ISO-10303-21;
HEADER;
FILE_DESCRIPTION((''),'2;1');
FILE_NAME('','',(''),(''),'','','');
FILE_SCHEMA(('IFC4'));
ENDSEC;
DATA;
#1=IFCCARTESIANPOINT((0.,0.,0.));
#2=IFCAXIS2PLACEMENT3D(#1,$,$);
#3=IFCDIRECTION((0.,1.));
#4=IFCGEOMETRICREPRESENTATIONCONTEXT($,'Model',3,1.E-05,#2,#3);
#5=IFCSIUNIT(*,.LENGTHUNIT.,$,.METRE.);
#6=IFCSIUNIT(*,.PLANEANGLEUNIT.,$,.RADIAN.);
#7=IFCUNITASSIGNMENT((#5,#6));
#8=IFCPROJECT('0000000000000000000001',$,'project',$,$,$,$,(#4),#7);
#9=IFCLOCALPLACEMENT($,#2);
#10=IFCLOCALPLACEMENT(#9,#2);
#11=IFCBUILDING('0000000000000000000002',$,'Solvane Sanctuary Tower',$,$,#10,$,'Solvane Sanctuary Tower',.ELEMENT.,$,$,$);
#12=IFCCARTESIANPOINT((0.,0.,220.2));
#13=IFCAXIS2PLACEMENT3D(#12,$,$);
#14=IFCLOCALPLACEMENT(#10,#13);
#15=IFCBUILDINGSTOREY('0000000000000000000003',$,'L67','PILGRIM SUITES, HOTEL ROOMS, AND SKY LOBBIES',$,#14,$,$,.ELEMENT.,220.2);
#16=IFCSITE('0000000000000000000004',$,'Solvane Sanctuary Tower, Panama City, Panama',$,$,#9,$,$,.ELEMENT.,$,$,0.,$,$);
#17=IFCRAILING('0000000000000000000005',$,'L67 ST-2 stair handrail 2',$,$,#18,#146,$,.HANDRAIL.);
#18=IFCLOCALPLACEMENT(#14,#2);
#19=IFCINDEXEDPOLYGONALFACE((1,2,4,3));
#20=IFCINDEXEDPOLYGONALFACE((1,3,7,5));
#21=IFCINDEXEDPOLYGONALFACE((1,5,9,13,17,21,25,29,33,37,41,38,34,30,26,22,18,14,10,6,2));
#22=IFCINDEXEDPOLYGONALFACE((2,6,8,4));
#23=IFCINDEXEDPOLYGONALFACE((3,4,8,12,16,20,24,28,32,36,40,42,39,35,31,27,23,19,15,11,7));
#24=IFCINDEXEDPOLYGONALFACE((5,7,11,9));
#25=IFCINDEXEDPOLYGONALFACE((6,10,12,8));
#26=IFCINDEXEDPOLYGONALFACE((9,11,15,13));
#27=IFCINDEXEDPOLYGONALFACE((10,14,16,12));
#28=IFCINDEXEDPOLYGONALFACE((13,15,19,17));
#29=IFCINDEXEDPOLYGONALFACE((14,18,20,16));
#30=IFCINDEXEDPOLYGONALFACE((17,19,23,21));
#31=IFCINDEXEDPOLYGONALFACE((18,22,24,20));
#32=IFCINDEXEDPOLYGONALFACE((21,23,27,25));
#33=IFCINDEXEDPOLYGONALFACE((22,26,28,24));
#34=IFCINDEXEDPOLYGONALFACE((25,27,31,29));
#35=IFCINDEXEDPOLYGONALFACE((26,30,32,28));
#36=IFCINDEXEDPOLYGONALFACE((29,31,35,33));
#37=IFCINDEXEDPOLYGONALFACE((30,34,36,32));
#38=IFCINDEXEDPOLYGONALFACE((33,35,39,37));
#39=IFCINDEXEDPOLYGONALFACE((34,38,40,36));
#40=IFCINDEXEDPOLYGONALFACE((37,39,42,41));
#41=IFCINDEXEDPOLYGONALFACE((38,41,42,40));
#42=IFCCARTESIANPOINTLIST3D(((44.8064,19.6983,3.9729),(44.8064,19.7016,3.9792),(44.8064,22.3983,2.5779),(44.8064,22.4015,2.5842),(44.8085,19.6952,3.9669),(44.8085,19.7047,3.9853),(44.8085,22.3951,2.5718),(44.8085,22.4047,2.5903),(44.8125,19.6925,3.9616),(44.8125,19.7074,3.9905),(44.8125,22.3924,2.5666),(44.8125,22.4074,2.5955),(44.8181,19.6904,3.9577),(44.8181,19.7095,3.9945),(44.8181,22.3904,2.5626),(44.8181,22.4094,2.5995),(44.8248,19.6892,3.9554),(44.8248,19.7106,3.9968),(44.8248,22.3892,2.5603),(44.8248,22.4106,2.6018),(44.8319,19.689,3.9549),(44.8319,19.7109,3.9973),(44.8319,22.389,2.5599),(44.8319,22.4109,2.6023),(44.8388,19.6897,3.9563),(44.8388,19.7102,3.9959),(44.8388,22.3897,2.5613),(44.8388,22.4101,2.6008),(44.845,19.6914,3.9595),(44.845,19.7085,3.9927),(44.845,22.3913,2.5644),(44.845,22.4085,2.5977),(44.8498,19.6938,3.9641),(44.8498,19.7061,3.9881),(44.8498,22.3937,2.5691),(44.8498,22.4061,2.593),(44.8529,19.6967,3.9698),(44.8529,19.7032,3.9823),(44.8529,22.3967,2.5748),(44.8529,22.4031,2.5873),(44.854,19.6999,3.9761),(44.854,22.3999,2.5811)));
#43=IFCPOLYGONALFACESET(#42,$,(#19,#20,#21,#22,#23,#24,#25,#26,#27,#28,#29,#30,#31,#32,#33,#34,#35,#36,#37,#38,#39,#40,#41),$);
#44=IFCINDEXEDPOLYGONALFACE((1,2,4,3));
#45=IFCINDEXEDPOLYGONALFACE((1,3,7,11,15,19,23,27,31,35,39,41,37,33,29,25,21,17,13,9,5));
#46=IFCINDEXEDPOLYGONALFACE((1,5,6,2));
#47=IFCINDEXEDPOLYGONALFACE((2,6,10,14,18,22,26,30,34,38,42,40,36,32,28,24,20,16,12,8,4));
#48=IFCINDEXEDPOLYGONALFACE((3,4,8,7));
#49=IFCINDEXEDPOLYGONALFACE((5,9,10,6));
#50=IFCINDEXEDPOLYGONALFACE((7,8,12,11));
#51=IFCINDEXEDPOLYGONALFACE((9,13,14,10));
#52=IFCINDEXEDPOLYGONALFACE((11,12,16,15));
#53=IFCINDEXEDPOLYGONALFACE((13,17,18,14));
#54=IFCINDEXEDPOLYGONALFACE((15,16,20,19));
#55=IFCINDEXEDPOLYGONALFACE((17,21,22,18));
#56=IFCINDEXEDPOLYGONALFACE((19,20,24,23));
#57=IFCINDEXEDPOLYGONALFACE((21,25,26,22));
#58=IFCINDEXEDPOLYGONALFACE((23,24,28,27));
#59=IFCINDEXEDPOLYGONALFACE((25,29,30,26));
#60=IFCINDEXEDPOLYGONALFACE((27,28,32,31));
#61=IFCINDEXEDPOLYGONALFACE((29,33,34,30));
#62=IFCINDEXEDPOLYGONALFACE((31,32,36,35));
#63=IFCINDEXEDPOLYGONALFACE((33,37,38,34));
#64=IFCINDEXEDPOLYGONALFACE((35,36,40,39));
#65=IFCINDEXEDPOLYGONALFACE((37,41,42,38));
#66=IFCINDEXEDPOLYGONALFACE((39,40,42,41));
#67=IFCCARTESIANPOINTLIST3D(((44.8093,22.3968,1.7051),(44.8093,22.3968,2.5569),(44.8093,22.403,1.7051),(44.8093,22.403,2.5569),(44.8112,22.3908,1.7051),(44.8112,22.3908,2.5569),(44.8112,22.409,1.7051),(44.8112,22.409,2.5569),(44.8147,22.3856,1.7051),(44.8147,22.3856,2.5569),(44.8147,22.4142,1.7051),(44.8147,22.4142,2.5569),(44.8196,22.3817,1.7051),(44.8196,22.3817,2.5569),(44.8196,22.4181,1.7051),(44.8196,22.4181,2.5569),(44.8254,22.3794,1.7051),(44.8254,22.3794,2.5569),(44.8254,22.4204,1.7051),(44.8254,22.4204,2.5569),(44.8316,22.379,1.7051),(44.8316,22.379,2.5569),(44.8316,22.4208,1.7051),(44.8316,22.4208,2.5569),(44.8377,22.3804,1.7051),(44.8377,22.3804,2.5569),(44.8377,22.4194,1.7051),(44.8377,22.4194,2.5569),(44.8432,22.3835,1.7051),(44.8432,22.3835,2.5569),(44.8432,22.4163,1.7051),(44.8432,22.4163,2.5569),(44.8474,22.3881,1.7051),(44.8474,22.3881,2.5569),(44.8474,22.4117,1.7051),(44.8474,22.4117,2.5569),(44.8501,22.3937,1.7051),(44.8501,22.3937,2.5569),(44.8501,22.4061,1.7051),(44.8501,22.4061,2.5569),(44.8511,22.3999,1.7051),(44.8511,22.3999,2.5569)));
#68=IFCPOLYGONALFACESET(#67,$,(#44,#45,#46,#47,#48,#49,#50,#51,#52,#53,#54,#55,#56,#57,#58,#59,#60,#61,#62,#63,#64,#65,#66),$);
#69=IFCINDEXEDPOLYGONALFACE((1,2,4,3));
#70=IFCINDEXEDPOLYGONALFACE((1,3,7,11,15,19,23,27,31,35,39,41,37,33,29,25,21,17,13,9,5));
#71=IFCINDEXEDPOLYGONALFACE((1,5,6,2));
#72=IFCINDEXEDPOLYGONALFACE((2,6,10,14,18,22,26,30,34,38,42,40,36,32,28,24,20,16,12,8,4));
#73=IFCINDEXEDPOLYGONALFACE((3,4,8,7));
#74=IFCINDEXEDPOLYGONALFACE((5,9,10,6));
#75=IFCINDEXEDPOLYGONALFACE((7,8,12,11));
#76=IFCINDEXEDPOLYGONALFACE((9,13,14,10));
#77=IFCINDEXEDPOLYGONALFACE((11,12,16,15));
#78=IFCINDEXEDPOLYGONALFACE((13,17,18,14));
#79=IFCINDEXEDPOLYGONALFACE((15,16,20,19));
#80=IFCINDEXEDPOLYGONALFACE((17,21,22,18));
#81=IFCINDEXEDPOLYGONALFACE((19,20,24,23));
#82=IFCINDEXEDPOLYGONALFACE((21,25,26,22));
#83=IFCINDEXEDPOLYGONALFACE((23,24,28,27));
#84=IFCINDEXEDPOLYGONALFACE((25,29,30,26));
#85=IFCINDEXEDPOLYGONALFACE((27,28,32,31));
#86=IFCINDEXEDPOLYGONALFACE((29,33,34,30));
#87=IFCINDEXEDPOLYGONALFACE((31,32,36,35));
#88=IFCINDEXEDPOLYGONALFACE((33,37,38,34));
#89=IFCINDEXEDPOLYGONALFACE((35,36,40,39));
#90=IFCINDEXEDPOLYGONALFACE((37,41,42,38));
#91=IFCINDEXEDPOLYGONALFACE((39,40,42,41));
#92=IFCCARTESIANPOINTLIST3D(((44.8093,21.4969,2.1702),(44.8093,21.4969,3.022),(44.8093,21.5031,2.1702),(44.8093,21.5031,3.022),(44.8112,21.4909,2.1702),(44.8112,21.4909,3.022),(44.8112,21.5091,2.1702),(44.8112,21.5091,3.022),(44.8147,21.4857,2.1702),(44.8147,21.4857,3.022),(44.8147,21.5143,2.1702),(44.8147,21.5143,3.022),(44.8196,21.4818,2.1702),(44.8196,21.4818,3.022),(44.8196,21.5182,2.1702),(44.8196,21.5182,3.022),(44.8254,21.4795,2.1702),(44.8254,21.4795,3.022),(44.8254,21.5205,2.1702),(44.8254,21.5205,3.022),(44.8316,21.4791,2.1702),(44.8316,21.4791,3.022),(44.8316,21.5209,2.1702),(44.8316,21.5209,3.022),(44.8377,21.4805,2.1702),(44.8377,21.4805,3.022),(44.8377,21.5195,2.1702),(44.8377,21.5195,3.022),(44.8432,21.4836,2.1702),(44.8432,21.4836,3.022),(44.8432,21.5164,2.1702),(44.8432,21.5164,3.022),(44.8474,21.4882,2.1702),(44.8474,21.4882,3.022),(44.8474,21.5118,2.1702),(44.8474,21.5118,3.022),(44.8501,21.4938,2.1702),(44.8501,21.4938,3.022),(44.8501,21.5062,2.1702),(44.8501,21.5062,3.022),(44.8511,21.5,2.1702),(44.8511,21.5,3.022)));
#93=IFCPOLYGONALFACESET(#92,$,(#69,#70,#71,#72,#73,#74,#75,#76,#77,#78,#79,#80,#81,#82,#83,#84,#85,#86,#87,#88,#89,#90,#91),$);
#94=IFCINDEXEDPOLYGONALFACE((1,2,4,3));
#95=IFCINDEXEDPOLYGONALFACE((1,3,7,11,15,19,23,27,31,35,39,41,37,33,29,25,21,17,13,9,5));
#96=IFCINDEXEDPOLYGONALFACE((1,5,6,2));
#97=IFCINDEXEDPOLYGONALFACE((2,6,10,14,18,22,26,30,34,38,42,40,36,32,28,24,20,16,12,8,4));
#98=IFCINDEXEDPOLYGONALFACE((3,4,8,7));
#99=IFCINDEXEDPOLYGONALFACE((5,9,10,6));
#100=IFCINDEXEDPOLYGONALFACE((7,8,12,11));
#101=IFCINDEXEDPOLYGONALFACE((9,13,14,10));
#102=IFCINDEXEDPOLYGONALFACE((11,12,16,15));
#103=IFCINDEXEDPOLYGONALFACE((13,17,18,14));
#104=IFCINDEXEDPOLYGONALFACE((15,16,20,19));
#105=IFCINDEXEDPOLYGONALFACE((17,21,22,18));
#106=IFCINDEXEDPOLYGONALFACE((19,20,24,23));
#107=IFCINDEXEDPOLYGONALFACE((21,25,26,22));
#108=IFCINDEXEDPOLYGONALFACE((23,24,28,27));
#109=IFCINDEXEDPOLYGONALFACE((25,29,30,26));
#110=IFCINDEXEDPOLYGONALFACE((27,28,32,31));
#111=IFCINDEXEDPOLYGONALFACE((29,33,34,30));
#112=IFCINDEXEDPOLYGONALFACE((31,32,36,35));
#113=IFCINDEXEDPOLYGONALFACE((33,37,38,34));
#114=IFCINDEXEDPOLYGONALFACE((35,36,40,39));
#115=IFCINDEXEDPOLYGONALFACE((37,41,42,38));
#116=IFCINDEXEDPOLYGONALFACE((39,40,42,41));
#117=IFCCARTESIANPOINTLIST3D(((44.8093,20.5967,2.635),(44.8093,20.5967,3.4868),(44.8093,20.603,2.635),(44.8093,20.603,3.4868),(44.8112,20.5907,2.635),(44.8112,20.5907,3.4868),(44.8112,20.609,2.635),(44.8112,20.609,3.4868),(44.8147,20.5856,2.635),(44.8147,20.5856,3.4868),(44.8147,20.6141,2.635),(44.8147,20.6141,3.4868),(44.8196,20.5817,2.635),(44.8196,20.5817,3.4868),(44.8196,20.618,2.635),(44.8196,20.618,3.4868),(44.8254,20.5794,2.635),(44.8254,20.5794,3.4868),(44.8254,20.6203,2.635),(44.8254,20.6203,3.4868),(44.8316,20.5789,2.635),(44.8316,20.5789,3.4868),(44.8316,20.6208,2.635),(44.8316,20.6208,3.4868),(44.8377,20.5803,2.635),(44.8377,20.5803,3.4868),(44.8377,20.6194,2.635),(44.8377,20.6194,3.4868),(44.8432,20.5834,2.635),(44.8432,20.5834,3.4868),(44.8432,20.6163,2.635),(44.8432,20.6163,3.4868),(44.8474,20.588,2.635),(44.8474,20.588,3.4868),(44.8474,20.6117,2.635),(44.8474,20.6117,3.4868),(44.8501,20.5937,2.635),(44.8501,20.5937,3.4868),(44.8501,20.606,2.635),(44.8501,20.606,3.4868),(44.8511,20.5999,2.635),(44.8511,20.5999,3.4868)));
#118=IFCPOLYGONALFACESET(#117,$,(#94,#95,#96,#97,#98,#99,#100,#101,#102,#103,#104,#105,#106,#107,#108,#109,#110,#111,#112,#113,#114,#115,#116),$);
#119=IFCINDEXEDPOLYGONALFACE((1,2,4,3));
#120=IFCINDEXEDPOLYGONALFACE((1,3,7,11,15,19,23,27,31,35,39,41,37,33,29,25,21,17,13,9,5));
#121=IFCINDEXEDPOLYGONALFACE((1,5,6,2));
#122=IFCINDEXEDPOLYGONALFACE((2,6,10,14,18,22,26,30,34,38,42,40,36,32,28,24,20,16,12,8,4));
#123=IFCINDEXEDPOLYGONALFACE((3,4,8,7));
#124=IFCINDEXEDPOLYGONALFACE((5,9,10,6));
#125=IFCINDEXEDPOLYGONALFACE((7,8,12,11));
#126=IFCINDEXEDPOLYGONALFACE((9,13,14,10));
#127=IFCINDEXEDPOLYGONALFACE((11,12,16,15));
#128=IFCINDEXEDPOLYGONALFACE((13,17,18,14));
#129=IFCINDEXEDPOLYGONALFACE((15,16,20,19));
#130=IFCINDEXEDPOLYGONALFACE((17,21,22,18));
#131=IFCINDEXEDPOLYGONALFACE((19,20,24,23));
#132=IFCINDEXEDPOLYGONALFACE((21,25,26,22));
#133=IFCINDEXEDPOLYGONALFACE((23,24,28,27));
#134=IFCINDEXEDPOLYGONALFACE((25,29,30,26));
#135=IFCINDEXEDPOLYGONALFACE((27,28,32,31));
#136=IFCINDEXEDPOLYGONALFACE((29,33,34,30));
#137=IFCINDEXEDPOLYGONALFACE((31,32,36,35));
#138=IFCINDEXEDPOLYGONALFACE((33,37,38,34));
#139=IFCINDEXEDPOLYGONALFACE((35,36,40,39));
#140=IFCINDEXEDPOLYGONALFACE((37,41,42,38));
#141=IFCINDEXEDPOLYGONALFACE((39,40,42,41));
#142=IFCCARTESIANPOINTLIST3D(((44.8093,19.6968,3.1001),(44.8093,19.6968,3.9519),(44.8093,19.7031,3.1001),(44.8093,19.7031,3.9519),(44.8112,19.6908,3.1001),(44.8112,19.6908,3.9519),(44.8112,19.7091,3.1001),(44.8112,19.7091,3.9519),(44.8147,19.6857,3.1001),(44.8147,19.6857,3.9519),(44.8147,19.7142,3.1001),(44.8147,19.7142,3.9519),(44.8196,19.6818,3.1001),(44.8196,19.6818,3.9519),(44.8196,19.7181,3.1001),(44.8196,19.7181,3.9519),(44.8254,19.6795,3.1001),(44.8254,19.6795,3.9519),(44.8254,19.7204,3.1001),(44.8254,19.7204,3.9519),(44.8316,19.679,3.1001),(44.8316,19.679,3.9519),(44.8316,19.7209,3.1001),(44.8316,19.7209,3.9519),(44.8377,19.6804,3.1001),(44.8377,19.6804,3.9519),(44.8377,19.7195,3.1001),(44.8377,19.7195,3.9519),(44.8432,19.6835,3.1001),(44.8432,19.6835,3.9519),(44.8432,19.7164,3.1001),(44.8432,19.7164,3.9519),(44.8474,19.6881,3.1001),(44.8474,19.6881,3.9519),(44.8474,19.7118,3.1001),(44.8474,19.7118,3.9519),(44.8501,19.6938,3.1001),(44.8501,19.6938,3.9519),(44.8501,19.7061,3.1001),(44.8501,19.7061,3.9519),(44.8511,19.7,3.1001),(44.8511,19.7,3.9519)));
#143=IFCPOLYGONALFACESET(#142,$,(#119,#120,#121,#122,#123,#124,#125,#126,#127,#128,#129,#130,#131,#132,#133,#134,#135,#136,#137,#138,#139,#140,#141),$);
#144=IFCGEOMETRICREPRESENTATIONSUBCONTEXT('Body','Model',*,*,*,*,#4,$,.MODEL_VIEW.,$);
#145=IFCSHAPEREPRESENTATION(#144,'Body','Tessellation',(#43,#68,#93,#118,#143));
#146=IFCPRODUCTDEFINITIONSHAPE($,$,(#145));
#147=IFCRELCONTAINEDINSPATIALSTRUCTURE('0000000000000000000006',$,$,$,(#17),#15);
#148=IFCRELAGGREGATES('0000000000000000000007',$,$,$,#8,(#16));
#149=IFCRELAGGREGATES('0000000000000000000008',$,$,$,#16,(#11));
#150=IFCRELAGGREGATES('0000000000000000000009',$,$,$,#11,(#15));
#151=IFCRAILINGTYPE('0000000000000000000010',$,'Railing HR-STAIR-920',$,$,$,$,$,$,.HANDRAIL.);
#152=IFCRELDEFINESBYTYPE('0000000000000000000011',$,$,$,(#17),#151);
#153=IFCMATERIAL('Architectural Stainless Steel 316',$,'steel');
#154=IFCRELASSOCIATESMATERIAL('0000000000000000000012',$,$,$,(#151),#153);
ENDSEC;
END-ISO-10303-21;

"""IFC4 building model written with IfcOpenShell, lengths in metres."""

from ifc_helpers import new_model, si_unit, direction, frame, origin, origin_2d, place, context, subcontext, project, spatial, circle, extrude, material, type_object, element, save


model = new_model("IFC4")

# Units and contexts
model_context = context("Model", 3, precision=1e-05, world=origin(), true_north=direction((0.0, 1.0)))
body_context = subcontext(model_context, "Body", "Model", "MODEL_VIEW")
ifc_project = project(units=[si_unit("LENGTHUNIT", "METRE"), si_unit("PLANEANGLEUNIT", "RADIAN")], contexts=[model_context])

# Site, building, storey
site_placement = place(None, origin())
site = spatial("IfcSite", under=ifc_project, at=site_placement, Name="Solvane Sanctuary Tower, Panama City, Panama", CompositionType="ELEMENT", RefElevation=0.0)
building_placement = place(site_placement, origin())
building = spatial("IfcBuilding", under=site, at=building_placement, Name="Solvane Sanctuary Tower", LongName="Solvane Sanctuary Tower", CompositionType="ELEMENT")
storey_placement = place(building_placement, frame((0.0, 0.0, 220.2)))
storey = spatial("IfcBuildingStorey", under=building, at=storey_placement, Name="L67", Description="PILGRIM SUITES, HOTEL ROOMS, AND SKY LOBBIES", CompositionType="ELEMENT", Elevation=220.2)

# Shared definitions
ifc_material_1 = material(Name="Architectural Stainless Steel 316", Category="steel")

# Railing
railing_type_1 = type_object("IfcRailingType", Name="Railing HR-STAIR-920", PredefinedType="HANDRAIL", material=ifc_material_1)
railing_1_placement = place(storey_placement, frame((44.8301, 22.3999, 1.7051)))
element("IfcRailing", 1, at=railing_1_placement, inside=storey, type_object=railing_type_1, Name="L67 ST-2 stair handrail 2", PredefinedType="HANDRAIL", context=body_context, shape_type="SweptSolid", body=[
    extrude(circle(Radius=0.0239, at=origin_2d()), frame((0.0, 0.0, 0.876), z_axis=(0.0, -0.88842, 0.459032), x_axis=(1.0, 0.0, 0.0)), (0.0, 0.0, 1.0), 3.0391),
    extrude(circle(Radius=0.021, at=origin_2d()), origin(), (0.0, 0.0, 1.0), 0.8518),
    extrude(circle(Radius=0.021, at=origin_2d()), frame((0.0, -0.8999, 0.4651)), (0.0, 0.0, 1.0), 0.8518),
    extrude(circle(Radius=0.021, at=origin_2d()), frame((0.0, -1.8, 0.9299)), (0.0, 0.0, 1.0), 0.8518),
    extrude(circle(Radius=0.021, at=origin_2d()), frame((0.0, -2.7, 1.395)), (0.0, 0.0, 1.0), 0.8518),
])

save(model, "model.ifc")
